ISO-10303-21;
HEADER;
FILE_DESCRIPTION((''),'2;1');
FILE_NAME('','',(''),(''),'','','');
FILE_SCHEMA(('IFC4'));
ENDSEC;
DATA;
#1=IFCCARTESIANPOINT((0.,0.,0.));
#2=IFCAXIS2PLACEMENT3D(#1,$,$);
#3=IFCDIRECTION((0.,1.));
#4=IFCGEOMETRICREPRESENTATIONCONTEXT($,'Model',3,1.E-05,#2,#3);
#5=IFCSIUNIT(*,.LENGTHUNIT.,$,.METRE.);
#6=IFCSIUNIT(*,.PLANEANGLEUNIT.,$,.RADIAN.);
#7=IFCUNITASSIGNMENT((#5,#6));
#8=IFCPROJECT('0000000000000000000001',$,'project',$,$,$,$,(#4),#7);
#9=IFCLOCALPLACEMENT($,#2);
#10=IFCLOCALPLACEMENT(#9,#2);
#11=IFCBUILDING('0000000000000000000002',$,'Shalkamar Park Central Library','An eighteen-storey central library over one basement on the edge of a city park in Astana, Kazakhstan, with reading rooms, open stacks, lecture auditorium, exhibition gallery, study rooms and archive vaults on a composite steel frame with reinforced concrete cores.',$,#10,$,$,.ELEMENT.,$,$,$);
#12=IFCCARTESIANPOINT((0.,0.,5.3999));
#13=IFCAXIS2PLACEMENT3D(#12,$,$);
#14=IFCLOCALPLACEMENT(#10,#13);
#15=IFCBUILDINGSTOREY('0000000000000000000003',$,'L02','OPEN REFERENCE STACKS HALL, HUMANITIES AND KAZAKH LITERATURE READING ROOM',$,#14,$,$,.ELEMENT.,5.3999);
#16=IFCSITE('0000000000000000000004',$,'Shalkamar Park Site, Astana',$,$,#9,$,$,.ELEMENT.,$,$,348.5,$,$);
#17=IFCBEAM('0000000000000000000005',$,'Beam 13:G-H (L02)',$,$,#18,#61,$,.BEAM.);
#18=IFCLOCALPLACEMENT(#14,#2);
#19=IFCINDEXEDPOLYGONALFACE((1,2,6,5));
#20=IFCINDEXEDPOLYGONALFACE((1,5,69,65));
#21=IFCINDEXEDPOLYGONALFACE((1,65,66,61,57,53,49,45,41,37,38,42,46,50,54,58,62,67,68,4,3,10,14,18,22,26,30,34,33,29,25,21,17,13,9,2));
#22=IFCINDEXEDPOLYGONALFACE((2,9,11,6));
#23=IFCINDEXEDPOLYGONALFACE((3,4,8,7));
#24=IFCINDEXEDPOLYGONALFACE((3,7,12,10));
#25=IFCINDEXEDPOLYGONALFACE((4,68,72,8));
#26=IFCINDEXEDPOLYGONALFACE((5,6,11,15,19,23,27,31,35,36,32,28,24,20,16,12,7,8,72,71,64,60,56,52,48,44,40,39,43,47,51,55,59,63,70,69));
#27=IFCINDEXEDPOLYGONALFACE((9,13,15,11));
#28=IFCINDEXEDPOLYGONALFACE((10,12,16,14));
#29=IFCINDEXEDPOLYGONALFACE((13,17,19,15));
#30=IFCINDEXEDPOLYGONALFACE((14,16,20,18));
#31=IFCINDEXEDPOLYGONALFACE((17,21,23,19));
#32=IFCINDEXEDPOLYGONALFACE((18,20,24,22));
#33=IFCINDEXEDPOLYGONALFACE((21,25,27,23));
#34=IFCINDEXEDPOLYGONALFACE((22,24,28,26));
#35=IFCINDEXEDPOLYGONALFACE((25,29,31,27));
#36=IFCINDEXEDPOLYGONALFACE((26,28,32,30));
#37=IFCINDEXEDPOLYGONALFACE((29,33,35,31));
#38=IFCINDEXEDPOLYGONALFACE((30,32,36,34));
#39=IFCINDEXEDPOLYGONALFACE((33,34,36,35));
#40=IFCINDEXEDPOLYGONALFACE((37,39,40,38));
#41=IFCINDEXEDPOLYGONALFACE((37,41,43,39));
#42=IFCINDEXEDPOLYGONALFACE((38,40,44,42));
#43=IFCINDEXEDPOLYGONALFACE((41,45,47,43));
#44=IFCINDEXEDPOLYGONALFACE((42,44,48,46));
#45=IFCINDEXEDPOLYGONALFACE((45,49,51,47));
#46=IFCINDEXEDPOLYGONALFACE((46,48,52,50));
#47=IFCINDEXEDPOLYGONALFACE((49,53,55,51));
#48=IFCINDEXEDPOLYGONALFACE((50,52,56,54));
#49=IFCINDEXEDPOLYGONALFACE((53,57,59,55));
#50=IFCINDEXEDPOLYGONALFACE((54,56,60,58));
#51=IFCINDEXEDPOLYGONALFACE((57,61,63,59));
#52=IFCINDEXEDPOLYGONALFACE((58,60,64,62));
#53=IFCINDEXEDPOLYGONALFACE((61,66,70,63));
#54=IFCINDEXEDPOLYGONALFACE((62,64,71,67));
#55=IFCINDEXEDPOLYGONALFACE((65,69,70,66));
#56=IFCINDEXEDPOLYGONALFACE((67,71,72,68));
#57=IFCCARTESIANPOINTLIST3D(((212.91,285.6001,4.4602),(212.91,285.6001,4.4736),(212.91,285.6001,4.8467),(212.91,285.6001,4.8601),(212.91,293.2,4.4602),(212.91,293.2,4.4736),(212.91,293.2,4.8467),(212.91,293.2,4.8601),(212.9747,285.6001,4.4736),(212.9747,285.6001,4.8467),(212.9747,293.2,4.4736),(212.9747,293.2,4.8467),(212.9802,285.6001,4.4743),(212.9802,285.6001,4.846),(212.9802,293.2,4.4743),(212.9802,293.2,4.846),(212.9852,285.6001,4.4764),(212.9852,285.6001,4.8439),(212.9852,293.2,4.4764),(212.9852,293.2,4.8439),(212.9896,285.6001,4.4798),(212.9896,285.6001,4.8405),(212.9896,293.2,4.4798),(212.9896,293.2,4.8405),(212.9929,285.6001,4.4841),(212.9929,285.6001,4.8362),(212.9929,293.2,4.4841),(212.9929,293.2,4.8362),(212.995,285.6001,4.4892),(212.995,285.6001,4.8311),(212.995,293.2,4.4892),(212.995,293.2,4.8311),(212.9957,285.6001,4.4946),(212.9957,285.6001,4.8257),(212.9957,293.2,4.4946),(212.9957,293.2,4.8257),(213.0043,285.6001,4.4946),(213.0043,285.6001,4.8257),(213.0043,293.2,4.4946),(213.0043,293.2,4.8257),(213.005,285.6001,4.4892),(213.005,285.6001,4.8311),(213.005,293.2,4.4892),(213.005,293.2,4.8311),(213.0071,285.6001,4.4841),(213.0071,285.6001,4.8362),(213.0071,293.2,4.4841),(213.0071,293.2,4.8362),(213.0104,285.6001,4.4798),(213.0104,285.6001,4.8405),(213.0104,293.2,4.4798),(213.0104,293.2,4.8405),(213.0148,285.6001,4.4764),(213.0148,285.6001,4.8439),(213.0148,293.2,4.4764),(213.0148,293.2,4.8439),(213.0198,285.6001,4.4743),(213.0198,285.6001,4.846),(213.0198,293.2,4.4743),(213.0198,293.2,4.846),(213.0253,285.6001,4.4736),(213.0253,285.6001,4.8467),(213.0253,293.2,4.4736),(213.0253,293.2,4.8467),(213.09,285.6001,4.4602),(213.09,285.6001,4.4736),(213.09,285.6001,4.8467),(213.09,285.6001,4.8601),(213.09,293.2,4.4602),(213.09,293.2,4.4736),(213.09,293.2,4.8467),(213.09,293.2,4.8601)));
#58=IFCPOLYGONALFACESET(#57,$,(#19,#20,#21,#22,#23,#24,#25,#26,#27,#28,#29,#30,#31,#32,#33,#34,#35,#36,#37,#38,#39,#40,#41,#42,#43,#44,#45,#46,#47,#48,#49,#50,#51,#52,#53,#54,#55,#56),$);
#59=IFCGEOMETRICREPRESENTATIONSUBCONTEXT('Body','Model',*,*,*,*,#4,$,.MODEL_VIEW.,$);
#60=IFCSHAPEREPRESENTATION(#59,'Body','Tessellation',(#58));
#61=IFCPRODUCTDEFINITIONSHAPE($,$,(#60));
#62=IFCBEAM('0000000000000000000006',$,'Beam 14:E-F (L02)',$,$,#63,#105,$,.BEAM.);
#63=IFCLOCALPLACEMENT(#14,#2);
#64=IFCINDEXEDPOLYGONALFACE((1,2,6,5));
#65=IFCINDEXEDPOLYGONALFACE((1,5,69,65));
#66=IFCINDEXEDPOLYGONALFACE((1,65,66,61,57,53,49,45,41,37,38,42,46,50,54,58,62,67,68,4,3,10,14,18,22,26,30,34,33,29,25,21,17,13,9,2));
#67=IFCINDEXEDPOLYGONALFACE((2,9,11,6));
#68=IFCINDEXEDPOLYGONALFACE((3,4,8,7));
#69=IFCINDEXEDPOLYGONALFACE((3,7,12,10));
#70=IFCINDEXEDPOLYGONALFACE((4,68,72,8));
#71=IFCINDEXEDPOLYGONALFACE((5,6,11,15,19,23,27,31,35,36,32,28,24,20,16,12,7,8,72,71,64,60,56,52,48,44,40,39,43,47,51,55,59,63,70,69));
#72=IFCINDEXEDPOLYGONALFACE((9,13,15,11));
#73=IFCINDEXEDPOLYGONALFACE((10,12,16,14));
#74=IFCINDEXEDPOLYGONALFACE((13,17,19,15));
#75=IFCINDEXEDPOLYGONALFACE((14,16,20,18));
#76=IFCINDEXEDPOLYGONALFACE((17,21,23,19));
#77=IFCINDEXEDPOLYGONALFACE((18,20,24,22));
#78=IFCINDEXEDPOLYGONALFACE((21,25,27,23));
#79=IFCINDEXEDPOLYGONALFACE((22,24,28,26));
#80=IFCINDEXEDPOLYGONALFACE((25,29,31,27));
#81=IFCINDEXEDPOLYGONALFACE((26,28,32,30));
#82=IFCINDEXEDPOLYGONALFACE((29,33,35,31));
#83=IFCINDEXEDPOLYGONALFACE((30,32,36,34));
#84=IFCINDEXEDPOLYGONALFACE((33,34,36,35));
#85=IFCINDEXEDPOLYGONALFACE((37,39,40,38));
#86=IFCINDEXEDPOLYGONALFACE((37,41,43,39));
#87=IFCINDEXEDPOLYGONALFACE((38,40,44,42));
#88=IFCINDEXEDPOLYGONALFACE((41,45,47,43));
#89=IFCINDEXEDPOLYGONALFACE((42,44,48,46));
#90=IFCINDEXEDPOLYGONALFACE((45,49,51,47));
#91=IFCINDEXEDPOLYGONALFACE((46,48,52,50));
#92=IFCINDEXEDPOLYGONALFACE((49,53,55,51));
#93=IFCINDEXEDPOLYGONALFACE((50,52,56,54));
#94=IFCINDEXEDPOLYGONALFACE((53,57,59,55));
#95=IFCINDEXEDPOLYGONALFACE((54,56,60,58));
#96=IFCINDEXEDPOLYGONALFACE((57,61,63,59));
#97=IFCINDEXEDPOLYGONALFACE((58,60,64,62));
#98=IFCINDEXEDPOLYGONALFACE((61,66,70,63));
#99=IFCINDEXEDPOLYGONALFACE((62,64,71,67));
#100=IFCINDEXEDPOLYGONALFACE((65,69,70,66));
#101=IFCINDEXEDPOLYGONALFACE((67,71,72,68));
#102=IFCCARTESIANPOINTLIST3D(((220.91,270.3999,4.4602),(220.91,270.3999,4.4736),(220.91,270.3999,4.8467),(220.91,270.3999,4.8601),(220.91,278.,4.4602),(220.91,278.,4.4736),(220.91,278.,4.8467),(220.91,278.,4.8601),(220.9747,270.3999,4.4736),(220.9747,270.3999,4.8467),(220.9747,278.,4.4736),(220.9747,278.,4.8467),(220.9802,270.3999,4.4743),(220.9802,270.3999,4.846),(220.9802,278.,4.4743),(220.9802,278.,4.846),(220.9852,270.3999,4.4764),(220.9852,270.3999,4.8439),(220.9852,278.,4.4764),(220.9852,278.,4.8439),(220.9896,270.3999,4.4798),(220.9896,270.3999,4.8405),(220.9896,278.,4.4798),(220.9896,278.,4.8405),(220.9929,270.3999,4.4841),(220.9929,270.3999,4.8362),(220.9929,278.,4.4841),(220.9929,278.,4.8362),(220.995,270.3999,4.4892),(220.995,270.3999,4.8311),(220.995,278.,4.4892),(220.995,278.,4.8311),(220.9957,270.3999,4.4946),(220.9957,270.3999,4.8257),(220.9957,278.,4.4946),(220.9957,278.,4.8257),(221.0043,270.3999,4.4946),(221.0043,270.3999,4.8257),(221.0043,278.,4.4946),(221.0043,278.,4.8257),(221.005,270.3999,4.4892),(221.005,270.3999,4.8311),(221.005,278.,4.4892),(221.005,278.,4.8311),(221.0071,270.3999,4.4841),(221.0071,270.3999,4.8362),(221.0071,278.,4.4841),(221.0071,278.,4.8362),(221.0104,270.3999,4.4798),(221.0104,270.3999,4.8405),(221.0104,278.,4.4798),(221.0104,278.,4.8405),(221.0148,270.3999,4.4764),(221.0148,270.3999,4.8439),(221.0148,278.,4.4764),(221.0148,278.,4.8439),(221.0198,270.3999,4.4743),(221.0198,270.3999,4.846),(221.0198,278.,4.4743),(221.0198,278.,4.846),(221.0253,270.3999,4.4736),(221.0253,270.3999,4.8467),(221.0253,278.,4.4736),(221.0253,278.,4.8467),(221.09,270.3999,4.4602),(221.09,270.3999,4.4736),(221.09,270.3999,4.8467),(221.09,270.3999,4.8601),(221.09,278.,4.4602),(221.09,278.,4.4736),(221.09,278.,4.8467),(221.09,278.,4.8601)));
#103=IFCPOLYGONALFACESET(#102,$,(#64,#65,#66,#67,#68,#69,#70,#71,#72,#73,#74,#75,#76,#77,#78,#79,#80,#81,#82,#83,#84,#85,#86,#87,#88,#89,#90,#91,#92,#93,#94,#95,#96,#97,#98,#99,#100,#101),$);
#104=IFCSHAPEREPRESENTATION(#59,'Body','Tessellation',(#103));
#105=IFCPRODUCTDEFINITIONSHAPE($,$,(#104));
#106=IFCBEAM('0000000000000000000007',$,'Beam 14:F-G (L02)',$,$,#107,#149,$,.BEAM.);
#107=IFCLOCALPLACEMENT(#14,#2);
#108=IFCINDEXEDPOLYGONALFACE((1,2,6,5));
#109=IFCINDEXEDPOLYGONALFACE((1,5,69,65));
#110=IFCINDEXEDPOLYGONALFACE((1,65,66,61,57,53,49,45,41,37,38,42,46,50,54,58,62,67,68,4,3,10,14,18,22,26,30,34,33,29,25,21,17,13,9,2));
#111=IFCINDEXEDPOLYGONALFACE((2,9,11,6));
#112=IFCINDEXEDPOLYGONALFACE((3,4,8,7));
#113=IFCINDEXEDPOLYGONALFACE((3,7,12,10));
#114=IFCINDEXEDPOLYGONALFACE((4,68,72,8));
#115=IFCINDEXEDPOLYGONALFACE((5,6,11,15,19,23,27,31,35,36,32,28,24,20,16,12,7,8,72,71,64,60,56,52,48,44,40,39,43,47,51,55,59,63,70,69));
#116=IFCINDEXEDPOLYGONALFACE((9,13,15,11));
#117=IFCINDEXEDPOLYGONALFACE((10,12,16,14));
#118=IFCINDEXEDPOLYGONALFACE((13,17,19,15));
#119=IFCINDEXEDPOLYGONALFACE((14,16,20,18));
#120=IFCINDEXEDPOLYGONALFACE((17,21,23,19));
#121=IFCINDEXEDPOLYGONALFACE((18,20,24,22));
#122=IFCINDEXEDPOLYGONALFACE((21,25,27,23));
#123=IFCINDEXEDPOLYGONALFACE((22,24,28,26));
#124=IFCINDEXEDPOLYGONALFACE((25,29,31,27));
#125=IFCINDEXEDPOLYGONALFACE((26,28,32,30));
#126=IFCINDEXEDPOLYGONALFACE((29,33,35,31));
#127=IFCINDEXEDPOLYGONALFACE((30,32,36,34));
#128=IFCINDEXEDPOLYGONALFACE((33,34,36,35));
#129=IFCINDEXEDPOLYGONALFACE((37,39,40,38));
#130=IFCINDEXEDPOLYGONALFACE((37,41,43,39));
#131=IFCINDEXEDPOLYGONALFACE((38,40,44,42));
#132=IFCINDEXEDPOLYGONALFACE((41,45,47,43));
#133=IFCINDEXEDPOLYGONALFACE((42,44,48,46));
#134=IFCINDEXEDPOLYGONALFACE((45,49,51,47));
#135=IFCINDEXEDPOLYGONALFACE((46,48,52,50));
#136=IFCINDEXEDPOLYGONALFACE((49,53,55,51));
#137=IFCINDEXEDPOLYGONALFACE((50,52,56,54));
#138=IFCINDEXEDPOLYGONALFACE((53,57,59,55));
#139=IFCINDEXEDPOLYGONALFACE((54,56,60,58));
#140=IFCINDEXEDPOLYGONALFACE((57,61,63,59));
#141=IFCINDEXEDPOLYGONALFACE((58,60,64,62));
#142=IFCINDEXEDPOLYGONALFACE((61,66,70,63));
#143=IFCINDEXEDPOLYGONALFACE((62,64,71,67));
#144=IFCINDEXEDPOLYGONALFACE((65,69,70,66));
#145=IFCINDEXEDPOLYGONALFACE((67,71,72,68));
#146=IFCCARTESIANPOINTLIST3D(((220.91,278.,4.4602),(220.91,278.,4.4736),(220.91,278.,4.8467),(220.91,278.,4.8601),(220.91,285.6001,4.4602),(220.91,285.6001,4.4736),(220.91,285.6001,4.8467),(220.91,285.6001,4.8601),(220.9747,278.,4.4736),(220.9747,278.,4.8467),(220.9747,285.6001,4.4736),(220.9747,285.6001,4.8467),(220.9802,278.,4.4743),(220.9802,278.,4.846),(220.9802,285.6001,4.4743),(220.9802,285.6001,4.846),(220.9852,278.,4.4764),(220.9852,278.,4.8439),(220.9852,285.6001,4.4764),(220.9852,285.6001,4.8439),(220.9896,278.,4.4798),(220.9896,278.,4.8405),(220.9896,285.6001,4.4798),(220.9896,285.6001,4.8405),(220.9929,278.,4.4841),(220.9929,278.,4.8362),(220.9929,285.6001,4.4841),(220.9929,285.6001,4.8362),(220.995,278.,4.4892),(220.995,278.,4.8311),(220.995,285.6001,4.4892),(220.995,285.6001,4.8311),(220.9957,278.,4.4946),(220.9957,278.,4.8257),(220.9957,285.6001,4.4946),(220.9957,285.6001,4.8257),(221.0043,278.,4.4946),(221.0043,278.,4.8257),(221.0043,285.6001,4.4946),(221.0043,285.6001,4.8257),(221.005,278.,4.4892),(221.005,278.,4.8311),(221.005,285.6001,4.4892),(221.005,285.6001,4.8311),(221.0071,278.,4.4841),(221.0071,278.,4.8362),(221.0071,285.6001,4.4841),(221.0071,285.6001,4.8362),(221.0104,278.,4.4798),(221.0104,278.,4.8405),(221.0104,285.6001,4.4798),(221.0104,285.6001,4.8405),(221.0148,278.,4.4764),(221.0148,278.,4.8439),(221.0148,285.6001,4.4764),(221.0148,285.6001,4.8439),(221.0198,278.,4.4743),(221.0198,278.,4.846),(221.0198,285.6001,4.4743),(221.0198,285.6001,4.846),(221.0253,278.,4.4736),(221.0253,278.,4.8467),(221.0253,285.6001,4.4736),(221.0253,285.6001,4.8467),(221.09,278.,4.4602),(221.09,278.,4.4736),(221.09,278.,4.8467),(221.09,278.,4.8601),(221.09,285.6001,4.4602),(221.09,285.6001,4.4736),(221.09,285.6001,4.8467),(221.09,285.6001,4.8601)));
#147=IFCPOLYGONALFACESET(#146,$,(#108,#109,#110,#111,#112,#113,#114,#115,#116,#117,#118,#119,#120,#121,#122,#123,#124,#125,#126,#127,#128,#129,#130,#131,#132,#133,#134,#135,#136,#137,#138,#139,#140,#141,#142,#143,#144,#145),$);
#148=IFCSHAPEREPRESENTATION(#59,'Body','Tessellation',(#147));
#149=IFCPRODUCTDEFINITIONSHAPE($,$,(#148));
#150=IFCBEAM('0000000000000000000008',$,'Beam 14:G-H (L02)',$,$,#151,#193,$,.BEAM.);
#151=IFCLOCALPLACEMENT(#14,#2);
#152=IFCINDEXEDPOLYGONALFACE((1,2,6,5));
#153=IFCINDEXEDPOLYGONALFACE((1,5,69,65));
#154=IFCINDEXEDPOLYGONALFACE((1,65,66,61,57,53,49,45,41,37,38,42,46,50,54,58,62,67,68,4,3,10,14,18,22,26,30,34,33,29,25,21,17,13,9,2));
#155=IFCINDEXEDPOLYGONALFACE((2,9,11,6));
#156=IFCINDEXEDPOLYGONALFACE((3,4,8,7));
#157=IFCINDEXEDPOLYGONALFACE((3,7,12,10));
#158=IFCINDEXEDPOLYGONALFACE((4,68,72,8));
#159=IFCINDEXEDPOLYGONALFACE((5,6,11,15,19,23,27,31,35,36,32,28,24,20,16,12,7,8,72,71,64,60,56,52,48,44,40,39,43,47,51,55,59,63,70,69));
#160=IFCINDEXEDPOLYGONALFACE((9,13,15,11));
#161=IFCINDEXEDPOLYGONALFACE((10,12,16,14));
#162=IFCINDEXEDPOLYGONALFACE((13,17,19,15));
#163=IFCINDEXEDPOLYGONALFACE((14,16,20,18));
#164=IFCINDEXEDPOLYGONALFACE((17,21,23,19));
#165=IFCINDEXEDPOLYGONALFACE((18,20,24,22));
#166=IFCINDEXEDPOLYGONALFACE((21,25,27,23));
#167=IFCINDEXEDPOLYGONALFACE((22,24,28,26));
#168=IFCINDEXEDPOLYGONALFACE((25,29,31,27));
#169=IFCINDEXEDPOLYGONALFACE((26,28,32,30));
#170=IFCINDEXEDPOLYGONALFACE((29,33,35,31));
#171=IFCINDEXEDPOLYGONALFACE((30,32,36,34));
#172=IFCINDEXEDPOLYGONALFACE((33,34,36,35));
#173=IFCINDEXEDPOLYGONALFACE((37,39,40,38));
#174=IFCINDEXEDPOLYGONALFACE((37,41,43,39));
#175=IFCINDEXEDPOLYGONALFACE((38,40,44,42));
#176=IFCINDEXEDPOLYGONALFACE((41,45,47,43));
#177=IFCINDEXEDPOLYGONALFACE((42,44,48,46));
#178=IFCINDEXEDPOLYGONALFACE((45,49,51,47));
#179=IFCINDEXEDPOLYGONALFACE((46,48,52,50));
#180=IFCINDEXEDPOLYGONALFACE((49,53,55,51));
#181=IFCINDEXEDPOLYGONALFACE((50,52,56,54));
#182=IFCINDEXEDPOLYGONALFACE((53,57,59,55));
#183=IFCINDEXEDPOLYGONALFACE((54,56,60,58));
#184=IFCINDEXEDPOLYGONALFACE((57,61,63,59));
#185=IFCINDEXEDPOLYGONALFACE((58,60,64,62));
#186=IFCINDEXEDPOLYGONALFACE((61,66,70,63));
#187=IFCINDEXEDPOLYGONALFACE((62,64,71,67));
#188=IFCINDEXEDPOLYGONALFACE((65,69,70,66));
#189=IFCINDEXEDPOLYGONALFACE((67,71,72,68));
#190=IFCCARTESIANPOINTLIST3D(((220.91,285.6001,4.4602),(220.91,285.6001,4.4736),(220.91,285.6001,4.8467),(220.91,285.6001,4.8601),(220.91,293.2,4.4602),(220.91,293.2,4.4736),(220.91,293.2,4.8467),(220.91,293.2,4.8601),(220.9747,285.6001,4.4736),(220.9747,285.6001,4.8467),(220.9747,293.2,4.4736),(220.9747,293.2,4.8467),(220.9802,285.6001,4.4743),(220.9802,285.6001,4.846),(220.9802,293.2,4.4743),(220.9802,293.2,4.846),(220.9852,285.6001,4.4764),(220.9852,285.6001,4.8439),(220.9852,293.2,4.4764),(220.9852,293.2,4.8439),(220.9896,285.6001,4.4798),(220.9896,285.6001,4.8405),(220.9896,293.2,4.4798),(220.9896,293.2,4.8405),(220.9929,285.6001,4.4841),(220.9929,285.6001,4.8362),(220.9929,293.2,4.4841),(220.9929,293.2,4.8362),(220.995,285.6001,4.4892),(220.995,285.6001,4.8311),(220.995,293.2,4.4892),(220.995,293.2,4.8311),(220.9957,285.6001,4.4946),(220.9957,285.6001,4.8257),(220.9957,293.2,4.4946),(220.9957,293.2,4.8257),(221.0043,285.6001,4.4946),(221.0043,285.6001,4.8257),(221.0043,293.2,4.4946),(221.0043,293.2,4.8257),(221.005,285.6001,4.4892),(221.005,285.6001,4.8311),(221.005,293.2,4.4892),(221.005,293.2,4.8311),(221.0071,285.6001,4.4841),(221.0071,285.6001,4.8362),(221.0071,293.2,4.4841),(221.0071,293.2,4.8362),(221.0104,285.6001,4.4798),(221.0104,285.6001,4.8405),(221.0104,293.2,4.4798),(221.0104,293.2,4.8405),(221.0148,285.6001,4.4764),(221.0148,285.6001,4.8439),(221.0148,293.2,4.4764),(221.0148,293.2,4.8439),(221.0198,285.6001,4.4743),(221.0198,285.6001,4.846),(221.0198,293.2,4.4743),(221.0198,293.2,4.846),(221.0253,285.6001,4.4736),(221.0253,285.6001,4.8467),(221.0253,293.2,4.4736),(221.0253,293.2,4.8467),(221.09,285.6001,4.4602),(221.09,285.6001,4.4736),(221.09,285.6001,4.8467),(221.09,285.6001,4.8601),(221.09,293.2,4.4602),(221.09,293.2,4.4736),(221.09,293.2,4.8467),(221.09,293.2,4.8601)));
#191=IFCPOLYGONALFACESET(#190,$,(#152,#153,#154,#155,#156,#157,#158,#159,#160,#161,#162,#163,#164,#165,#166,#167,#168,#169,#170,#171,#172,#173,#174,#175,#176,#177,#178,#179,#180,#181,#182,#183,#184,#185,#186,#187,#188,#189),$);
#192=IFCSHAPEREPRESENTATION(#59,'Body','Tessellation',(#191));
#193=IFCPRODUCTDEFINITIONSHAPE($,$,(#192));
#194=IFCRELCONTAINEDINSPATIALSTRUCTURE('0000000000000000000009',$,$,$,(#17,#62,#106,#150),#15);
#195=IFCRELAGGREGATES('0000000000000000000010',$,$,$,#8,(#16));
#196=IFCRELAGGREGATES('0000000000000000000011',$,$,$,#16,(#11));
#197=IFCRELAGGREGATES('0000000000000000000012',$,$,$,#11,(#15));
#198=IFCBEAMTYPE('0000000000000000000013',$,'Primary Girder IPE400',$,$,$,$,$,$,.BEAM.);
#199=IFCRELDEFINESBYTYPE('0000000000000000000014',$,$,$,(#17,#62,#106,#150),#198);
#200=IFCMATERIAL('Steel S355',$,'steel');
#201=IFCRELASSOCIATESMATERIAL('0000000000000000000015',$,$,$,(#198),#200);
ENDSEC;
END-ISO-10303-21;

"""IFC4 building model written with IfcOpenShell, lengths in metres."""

from ifc_helpers import new_model, si_unit, direction, frame, origin, origin_2d, place, context, subcontext, project, spatial, i_section, extrude, material, material_profile, profile_set, type_object, element, save


model = new_model("IFC4")

# Units and contexts
model_context = context("Model", 3, precision=1e-05, world=origin(), true_north=direction((0.0, 1.0)))
body_context = subcontext(model_context, "Body", "Model", "MODEL_VIEW")
ifc_project = project(units=[si_unit("LENGTHUNIT", "METRE"), si_unit("PLANEANGLEUNIT", "RADIAN")], contexts=[model_context])

# Site, building, storey
site_placement = place(None, origin())
site = spatial("IfcSite", under=ifc_project, at=site_placement, Name="Shalkamar Park Site, Astana", CompositionType="ELEMENT", RefElevation=348.5)
building_placement = place(site_placement, origin())
building = spatial("IfcBuilding", under=site, at=building_placement, Name="Shalkamar Park Central Library", Description="An eighteen-storey central library over one basement on the edge of a city park in Astana, Kazakhstan, with reading rooms, open stacks, lecture auditorium, exhibition gallery, study rooms and archive vaults on a composite steel frame with reinforced concrete cores.", CompositionType="ELEMENT")
storey_placement = place(building_placement, frame((0.0, 0.0, 5.3999)))
storey = spatial("IfcBuildingStorey", under=building, at=storey_placement, Name="L02", Description="OPEN REFERENCE STACKS HALL, HUMANITIES AND KAZAKH LITERATURE READING ROOM", CompositionType="ELEMENT", Elevation=5.3999)

# Shared definitions
ifc_material = material(Name="Steel S355", Category="steel")

# Beams
ifc_material_profile_1 = material_profile(ifc_material, i_section(OverallWidth=0.1799, OverallDepth=0.3999, WebThickness=0.0085, FlangeThickness=0.0134, FilletRadius=0.021, at=origin_2d()), Name="IPE 400")
ifc_profile_set_1 = profile_set([ifc_material_profile_1], Name="Steel S355")
beam_type_1 = type_object("IfcBeamType", Name="Primary Girder IPE400", PredefinedType="BEAM", material=ifc_profile_set_1)
beam_1_placement = place(storey_placement, frame((213.0, 285.6001, 4.6602), z_axis=(0.0, 1.0, 0.0), x_axis=(-1.0, 0.0, 0.0)))
element("IfcBeam", 1, at=beam_1_placement, inside=storey, type_object=beam_type_1, Name="Beam 13:G-H (L02)", PredefinedType="BEAM", context=body_context, shape_type="SweptSolid", body=[
    extrude(i_section(OverallWidth=0.1799, OverallDepth=0.3999, WebThickness=0.0085, FlangeThickness=0.0134, FilletRadius=0.021, at=origin_2d()), origin(), (0.0, 0.0, 1.0), 7.5999),
])
for number, where, z_axis, x_axis, name in (
    (2, (221.0, 270.3999, 4.6602), (0.0, 1.0, 0.0), (-1.0, 0.0, 0.0), "Beam 14:E-F (L02)"),
    (3, (221.0, 278.0, 4.6602), (0.0, 1.0, 0.0), (-1.0, 0.0, 0.0), "Beam 14:F-G (L02)"),
):
    element("IfcBeam", number, at=place(storey_placement, frame(where, z_axis=z_axis, x_axis=x_axis)), inside=storey, type_object=beam_type_1, Name=name, PredefinedType="BEAM", context=body_context, shape_type="SweptSolid", body=[
        extrude(i_section(OverallWidth=0.1799, OverallDepth=0.3999, WebThickness=0.0085, FlangeThickness=0.0134, FilletRadius=0.021, at=origin_2d()), origin(), (0.0, 0.0, 1.0), 7.6001),
    ])
beam_2_placement = place(storey_placement, frame((221.0, 285.6001, 4.6602), z_axis=(0.0, 1.0, 0.0), x_axis=(-1.0, 0.0, 0.0)))
element("IfcBeam", 4, at=beam_2_placement, inside=storey, type_object=beam_type_1, Name="Beam 14:G-H (L02)", PredefinedType="BEAM", context=body_context, shape_type="SweptSolid", body=[
    extrude(i_section(OverallWidth=0.1799, OverallDepth=0.3999, WebThickness=0.0085, FlangeThickness=0.0134, FilletRadius=0.021, at=origin_2d()), origin(), (0.0, 0.0, 1.0), 7.5999),
])

save(model, "model.ifc")
